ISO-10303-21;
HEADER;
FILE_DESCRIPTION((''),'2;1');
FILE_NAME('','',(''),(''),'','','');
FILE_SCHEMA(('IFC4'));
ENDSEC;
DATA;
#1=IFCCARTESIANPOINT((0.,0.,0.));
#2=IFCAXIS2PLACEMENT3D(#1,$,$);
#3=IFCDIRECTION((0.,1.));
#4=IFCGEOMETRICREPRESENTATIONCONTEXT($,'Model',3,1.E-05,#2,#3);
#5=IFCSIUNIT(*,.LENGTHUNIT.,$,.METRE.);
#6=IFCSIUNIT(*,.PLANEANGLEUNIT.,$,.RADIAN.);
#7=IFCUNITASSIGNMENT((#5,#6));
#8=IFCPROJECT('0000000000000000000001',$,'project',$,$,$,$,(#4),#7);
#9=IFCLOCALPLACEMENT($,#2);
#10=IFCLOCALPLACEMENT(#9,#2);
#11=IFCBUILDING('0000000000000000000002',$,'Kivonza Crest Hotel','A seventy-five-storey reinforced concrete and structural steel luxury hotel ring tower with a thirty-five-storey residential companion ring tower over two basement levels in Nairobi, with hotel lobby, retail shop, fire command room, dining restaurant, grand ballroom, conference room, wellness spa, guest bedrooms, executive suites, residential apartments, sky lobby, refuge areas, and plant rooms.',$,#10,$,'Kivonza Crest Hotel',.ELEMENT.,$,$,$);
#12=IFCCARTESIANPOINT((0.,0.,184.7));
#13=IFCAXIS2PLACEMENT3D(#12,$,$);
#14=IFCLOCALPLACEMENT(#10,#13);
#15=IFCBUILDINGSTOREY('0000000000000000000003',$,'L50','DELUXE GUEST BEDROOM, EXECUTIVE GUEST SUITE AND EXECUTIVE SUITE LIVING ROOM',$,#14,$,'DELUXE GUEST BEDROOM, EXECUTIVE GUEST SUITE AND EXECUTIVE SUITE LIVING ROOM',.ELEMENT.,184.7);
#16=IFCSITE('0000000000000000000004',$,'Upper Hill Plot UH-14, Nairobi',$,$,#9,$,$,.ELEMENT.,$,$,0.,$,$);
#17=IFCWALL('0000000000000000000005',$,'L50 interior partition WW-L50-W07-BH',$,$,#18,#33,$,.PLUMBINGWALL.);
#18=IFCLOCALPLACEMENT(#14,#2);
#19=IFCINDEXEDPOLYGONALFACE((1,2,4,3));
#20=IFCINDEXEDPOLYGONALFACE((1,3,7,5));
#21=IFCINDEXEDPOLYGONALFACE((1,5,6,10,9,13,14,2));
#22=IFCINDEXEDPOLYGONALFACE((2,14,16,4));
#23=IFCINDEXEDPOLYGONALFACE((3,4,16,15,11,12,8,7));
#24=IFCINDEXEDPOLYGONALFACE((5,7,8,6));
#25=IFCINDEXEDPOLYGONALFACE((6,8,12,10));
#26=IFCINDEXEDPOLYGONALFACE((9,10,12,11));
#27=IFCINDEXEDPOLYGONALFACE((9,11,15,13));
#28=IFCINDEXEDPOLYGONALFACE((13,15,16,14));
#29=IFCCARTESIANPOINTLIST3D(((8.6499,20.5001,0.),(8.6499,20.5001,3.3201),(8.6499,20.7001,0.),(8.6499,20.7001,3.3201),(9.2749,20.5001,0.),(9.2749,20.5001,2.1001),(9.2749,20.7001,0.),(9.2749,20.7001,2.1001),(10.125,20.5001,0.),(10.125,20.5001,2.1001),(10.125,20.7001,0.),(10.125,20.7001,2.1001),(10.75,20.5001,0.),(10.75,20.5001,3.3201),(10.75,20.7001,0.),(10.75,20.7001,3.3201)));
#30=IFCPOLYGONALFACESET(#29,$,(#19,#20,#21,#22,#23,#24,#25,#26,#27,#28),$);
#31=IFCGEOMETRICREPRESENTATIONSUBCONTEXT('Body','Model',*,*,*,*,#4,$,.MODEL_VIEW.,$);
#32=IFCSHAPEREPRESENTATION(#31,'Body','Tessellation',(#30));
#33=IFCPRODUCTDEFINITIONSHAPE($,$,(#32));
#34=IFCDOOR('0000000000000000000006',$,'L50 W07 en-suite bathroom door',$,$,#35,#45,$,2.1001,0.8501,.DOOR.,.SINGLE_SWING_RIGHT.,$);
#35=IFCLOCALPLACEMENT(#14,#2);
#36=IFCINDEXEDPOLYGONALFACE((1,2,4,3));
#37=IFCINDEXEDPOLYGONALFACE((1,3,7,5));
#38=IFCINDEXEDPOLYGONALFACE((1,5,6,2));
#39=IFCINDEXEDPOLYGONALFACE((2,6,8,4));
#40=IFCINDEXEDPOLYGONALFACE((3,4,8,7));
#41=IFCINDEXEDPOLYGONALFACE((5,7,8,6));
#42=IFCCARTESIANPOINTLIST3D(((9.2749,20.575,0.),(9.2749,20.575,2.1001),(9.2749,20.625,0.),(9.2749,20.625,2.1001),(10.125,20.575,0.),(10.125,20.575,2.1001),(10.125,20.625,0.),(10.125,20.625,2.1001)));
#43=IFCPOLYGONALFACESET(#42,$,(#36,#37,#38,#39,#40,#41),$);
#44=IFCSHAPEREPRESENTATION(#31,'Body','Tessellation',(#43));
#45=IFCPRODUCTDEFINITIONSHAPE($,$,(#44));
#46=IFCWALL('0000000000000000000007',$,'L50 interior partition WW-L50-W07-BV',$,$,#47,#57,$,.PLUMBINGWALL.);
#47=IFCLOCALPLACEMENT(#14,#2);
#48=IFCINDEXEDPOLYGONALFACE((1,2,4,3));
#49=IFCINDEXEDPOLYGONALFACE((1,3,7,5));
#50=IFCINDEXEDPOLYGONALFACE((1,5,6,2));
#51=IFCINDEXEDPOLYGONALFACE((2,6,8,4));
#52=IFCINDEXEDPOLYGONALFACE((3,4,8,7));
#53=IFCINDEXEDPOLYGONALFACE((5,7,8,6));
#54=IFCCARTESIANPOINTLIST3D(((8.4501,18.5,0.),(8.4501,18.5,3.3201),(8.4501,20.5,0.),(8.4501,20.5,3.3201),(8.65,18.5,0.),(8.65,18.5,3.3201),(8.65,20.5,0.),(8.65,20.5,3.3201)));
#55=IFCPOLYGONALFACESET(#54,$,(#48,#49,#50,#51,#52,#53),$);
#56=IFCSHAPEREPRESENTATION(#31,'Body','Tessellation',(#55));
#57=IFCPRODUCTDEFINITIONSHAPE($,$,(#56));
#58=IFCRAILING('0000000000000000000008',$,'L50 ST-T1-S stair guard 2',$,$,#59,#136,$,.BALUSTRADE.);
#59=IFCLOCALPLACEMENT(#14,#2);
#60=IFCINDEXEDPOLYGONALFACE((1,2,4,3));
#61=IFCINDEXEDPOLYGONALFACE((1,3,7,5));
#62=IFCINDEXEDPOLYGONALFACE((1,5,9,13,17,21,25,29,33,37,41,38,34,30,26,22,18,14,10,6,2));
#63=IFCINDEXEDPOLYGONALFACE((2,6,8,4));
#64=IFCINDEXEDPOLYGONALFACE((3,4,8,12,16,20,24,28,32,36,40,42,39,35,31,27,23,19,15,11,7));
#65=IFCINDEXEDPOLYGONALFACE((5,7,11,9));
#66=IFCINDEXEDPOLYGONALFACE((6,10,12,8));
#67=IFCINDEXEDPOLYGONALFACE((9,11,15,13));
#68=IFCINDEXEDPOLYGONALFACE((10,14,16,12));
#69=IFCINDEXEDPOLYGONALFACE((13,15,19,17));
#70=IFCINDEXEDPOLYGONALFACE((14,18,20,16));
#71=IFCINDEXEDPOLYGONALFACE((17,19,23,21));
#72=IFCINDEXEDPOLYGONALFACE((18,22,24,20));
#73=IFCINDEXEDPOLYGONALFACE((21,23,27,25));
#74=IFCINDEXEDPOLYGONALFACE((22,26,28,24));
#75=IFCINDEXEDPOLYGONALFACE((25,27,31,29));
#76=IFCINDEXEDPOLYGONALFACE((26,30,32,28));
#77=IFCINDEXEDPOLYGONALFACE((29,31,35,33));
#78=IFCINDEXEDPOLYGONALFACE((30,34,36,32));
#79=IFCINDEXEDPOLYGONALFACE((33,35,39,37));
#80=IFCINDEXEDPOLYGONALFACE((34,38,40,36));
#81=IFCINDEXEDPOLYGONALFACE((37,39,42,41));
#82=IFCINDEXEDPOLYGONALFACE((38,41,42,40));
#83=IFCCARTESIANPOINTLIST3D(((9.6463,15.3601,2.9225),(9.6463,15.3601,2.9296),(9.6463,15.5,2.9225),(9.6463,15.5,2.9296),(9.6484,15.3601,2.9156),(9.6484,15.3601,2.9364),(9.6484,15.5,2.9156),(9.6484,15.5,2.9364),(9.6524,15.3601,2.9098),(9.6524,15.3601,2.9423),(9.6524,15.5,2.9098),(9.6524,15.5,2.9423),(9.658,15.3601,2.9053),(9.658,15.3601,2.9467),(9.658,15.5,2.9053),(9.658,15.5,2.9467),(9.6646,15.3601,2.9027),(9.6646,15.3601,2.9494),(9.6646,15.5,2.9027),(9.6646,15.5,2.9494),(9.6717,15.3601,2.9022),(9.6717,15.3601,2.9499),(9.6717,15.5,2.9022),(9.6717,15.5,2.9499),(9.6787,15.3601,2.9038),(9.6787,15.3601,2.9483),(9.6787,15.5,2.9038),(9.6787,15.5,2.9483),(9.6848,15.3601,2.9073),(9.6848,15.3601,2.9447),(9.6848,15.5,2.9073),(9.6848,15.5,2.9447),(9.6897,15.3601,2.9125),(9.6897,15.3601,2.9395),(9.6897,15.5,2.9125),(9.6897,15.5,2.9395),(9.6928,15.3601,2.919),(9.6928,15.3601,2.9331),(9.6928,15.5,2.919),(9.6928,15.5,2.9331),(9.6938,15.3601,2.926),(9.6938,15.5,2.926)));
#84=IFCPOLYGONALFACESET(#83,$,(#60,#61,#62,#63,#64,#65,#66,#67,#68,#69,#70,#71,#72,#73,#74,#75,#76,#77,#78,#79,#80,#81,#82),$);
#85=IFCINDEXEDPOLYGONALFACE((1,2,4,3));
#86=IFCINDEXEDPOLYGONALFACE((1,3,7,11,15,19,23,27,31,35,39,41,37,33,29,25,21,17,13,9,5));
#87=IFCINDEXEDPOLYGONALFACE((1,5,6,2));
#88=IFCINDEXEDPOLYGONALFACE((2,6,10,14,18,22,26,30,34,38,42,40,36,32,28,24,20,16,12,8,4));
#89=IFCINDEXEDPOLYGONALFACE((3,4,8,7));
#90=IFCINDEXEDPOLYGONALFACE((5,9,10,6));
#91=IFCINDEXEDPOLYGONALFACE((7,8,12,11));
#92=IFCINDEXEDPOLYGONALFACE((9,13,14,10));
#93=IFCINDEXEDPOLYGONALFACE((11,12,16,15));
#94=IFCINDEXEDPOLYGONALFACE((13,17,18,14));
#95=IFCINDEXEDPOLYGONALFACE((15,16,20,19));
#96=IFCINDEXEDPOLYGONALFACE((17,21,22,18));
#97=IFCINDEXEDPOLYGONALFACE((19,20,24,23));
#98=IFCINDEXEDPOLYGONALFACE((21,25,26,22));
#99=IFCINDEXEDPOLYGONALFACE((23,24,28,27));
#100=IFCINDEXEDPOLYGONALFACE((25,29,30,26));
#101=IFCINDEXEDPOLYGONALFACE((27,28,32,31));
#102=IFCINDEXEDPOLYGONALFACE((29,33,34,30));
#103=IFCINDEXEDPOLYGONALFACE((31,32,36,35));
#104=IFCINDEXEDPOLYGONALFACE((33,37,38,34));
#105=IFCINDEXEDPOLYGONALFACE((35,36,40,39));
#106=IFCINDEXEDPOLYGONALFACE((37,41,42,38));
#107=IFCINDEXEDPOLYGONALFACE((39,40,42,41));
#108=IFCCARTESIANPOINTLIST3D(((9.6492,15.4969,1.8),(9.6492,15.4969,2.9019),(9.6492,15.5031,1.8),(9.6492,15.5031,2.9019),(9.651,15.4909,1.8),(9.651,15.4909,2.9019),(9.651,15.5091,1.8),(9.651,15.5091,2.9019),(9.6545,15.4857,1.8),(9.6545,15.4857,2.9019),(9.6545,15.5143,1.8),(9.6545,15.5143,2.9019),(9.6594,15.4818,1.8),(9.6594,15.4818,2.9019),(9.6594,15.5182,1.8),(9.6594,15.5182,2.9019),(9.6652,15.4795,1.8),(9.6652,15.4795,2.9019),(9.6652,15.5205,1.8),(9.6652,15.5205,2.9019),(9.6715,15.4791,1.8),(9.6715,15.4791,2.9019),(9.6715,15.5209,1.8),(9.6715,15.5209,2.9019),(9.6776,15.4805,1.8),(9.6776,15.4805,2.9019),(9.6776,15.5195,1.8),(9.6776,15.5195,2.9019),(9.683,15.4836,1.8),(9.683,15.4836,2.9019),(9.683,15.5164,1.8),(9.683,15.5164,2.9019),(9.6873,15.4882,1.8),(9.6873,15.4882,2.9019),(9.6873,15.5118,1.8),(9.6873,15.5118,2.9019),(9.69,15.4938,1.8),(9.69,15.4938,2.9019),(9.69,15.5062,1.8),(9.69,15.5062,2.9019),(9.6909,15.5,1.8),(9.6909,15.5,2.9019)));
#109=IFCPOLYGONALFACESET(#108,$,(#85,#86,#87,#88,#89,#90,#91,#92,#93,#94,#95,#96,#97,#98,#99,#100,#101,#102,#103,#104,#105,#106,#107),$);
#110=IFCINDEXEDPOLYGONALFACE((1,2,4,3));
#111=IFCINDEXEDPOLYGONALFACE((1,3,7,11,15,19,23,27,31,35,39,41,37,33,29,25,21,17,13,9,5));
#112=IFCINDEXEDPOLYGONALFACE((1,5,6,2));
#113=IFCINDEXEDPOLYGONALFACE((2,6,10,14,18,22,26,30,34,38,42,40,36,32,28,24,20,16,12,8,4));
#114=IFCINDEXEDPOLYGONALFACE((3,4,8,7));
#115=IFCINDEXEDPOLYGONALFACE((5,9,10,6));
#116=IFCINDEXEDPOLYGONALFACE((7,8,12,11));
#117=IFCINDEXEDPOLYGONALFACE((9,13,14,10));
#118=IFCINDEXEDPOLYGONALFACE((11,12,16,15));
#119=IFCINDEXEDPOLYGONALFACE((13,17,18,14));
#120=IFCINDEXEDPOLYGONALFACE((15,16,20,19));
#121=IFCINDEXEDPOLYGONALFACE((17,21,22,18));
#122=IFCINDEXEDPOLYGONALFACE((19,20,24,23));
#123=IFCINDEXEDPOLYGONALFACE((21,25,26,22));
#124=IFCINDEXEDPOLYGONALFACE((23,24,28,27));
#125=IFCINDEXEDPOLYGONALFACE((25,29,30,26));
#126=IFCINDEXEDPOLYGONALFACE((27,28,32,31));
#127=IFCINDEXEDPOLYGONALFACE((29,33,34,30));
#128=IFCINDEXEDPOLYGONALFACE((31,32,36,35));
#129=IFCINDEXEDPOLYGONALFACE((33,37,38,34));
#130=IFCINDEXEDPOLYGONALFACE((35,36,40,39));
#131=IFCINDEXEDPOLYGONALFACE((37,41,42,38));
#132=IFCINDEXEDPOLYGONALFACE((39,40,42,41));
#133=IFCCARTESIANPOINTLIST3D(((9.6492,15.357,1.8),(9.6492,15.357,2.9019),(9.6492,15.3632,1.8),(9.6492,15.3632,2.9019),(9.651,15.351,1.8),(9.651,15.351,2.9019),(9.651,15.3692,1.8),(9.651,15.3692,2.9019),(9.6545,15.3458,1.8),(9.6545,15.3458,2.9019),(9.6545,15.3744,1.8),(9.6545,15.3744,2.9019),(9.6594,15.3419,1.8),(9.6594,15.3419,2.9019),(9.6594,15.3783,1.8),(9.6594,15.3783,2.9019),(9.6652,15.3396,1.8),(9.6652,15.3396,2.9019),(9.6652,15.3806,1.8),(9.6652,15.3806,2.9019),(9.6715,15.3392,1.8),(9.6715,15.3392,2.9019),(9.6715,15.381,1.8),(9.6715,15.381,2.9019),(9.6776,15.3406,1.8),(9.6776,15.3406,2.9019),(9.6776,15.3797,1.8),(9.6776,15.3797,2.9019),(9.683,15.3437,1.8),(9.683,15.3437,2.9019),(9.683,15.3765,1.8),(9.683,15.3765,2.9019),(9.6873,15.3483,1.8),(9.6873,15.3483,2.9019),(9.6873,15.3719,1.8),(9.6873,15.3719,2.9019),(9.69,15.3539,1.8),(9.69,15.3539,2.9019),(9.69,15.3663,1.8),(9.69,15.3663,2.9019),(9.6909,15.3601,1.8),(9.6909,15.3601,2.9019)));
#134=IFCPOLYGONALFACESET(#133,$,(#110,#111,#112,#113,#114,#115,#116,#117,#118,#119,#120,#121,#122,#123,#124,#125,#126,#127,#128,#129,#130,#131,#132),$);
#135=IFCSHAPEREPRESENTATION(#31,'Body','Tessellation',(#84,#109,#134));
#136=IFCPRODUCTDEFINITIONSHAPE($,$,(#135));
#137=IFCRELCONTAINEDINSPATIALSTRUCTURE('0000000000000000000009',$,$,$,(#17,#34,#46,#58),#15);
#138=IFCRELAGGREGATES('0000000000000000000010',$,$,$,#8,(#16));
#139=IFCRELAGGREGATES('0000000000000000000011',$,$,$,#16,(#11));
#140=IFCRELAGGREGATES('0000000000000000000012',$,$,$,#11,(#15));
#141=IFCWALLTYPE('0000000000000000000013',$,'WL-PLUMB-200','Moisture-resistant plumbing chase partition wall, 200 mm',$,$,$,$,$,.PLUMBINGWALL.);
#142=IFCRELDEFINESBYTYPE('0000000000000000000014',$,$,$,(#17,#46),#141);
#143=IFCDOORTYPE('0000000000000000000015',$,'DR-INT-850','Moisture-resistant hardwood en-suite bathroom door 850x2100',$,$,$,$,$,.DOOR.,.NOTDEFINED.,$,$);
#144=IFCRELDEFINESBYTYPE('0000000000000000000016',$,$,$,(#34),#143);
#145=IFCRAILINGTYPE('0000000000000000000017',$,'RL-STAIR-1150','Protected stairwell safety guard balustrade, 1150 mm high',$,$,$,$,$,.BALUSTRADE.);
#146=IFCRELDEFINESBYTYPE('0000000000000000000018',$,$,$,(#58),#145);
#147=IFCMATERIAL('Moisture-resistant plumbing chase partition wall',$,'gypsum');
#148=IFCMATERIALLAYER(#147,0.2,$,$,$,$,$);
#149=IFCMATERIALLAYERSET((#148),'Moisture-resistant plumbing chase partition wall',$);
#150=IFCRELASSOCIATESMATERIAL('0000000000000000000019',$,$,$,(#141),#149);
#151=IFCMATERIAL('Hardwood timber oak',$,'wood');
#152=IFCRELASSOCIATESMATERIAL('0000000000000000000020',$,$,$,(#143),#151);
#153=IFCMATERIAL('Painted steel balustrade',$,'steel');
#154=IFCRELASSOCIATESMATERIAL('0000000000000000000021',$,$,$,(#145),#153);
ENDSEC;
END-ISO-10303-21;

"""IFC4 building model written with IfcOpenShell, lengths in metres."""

from ifc_helpers import new_model, si_unit, direction, frame, frame_2d, origin, origin_2d, place, context, subcontext, project, spatial, rectangle, circle, extrude, material, layer, layer_set, type_object, element, fill, save


model = new_model("IFC4")

# Units and contexts
model_context = context("Model", 3, precision=1e-05, world=origin(), true_north=direction((0.0, 1.0)))
body_context = subcontext(model_context, "Body", "Model", "MODEL_VIEW")
ifc_project = project(units=[si_unit("LENGTHUNIT", "METRE"), si_unit("PLANEANGLEUNIT", "RADIAN")], contexts=[model_context])

# Site, building, storey
site_placement = place(None, origin())
site = spatial("IfcSite", under=ifc_project, at=site_placement, Name="Upper Hill Plot UH-14, Nairobi", CompositionType="ELEMENT", RefElevation=0.0)
building_placement = place(site_placement, origin())
building = spatial("IfcBuilding", under=site, at=building_placement, Name="Kivonza Crest Hotel", Description="A seventy-five-storey reinforced concrete and structural steel luxury hotel ring tower with a thirty-five-storey residential companion ring tower over two basement levels in Nairobi, with hotel lobby, retail shop, fire command room, dining restaurant, grand ballroom, conference room, wellness spa, guest bedrooms, executive suites, residential apartments, sky lobby, refuge areas, and plant rooms.", LongName="Kivonza Crest Hotel", CompositionType="ELEMENT")
storey_placement = place(building_placement, frame((0.0, 0.0, 184.7)))
storey = spatial("IfcBuildingStorey", under=building, at=storey_placement, Name="L50", Description="DELUXE GUEST BEDROOM, EXECUTIVE GUEST SUITE AND EXECUTIVE SUITE LIVING ROOM", LongName="DELUXE GUEST BEDROOM, EXECUTIVE GUEST SUITE AND EXECUTIVE SUITE LIVING ROOM", CompositionType="ELEMENT", Elevation=184.7)

# Shared definitions
ifc_material_1 = material(Name="Hardwood timber oak", Category="wood")

# Wall, opening, door
ifc_material_2 = material(Name="Moisture-resistant plumbing chase partition wall", Category="gypsum")
ifc_layer_1 = layer(ifc_material_2, 0.2)
ifc_layer_set_1 = layer_set([ifc_layer_1], Name="Moisture-resistant plumbing chase partition wall")
wall_type_1 = type_object("IfcWallType", Name="WL-PLUMB-200", Description="Moisture-resistant plumbing chase partition wall, 200 mm", PredefinedType="PLUMBINGWALL", material=ifc_layer_set_1)
wall_1_placement = place(storey_placement, frame((8.6499, 20.6001, 0.0), z_axis=(0.0, 0.0, 1.0), x_axis=(1.0, 0.0, 0.0)))
wall_1 = element("IfcWall", 1, at=wall_1_placement, inside=storey, type_object=wall_type_1, Name="L50 interior partition WW-L50-W07-BH", PredefinedType="PLUMBINGWALL", context=body_context, shape_type="SweptSolid", body=[
    extrude(rectangle(XDim=2.1001, YDim=0.2, at=frame_2d((1.05, 0.0))), origin(), (0.0, 0.0, 1.0), 3.3201),
])
opening_1_placement = place(wall_1_placement, frame((0.625, 0.0, 0.0)))
opening_1 = element("IfcOpeningElement", 2, at=opening_1_placement, cuts=wall_1, PredefinedType="OPENING", context=body_context, shape_type="SweptSolid", body=[
    extrude(rectangle(XDim=0.8501, YDim=2.1001, at=frame_2d((0.425, 1.05))), frame((0.0, 0.1099, 0.0), z_axis=(0.0, -1.0, 0.0), x_axis=(1.0, 0.0, 0.0)), (0.0, 0.0, 1.0), 0.22),
])
door_type_1 = type_object("IfcDoorType", Name="DR-INT-850", Description="Moisture-resistant hardwood en-suite bathroom door 850x2100", OperationType="NOTDEFINED", PredefinedType="DOOR", material=ifc_material_1)
door_1_placement = place(opening_1_placement, origin())
door_1 = element("IfcDoor", 3, at=door_1_placement, inside=storey, type_object=door_type_1, Name="L50 W07 en-suite bathroom door", OperationType="SINGLE_SWING_RIGHT", OverallHeight=2.1001, OverallWidth=0.8501, PredefinedType="DOOR", context=body_context, shape_type="SweptSolid", body=[
    extrude(rectangle(XDim=0.8501, YDim=2.1001, at=frame_2d((0.425, 1.05))), frame((0.0, 0.0249, 0.0), z_axis=(0.0, -1.0, 0.0), x_axis=(1.0, 0.0, 0.0)), (0.0, 0.0, 1.0), 0.05),
])
fill(opening_1, door_1)

# Wall
wall_2_placement = place(storey_placement, frame((8.55, 18.5, 0.0), z_axis=(0.0, 0.0, 1.0), x_axis=(0.0, 1.0, 0.0)))
element("IfcWall", 4, at=wall_2_placement, inside=storey, type_object=wall_type_1, Name="L50 interior partition WW-L50-W07-BV", PredefinedType="PLUMBINGWALL", context=body_context, shape_type="SweptSolid", body=[
    extrude(rectangle(XDim=2.0, YDim=0.2, at=frame_2d((1.0, 0.0))), origin(), (0.0, 0.0, 1.0), 3.3201),
])

# Railing
ifc_material_3 = material(Name="Painted steel balustrade", Category="steel")
railing_type = type_object("IfcRailingType", Name="RL-STAIR-1150", Description="Protected stairwell safety guard balustrade, 1150 mm high", PredefinedType="BALUSTRADE", material=ifc_material_3)
railing_placement = place(storey_placement, frame((9.6699, 15.5, 1.8)))
element("IfcRailing", 5, at=railing_placement, inside=storey, type_object=railing_type, Name="L50 ST-T1-S stair guard 2", PredefinedType="BALUSTRADE", context=body_context, shape_type="SweptSolid", body=[
    extrude(circle(Radius=0.0239, at=origin_2d()), frame((0.0, 0.0, 1.126), z_axis=(0.0, -1.0, 0.0), x_axis=(1.0, 0.0, 0.0)), (0.0, 0.0, 1.0), 0.1399),
    extrude(circle(Radius=0.021, at=origin_2d()), origin(), (0.0, 0.0, 1.0), 1.1018),
    extrude(circle(Radius=0.021, at=origin_2d()), frame((0.0, -0.1399, 0.0)), (0.0, 0.0, 1.0), 1.1018),
])

save(model, "model.ifc")
